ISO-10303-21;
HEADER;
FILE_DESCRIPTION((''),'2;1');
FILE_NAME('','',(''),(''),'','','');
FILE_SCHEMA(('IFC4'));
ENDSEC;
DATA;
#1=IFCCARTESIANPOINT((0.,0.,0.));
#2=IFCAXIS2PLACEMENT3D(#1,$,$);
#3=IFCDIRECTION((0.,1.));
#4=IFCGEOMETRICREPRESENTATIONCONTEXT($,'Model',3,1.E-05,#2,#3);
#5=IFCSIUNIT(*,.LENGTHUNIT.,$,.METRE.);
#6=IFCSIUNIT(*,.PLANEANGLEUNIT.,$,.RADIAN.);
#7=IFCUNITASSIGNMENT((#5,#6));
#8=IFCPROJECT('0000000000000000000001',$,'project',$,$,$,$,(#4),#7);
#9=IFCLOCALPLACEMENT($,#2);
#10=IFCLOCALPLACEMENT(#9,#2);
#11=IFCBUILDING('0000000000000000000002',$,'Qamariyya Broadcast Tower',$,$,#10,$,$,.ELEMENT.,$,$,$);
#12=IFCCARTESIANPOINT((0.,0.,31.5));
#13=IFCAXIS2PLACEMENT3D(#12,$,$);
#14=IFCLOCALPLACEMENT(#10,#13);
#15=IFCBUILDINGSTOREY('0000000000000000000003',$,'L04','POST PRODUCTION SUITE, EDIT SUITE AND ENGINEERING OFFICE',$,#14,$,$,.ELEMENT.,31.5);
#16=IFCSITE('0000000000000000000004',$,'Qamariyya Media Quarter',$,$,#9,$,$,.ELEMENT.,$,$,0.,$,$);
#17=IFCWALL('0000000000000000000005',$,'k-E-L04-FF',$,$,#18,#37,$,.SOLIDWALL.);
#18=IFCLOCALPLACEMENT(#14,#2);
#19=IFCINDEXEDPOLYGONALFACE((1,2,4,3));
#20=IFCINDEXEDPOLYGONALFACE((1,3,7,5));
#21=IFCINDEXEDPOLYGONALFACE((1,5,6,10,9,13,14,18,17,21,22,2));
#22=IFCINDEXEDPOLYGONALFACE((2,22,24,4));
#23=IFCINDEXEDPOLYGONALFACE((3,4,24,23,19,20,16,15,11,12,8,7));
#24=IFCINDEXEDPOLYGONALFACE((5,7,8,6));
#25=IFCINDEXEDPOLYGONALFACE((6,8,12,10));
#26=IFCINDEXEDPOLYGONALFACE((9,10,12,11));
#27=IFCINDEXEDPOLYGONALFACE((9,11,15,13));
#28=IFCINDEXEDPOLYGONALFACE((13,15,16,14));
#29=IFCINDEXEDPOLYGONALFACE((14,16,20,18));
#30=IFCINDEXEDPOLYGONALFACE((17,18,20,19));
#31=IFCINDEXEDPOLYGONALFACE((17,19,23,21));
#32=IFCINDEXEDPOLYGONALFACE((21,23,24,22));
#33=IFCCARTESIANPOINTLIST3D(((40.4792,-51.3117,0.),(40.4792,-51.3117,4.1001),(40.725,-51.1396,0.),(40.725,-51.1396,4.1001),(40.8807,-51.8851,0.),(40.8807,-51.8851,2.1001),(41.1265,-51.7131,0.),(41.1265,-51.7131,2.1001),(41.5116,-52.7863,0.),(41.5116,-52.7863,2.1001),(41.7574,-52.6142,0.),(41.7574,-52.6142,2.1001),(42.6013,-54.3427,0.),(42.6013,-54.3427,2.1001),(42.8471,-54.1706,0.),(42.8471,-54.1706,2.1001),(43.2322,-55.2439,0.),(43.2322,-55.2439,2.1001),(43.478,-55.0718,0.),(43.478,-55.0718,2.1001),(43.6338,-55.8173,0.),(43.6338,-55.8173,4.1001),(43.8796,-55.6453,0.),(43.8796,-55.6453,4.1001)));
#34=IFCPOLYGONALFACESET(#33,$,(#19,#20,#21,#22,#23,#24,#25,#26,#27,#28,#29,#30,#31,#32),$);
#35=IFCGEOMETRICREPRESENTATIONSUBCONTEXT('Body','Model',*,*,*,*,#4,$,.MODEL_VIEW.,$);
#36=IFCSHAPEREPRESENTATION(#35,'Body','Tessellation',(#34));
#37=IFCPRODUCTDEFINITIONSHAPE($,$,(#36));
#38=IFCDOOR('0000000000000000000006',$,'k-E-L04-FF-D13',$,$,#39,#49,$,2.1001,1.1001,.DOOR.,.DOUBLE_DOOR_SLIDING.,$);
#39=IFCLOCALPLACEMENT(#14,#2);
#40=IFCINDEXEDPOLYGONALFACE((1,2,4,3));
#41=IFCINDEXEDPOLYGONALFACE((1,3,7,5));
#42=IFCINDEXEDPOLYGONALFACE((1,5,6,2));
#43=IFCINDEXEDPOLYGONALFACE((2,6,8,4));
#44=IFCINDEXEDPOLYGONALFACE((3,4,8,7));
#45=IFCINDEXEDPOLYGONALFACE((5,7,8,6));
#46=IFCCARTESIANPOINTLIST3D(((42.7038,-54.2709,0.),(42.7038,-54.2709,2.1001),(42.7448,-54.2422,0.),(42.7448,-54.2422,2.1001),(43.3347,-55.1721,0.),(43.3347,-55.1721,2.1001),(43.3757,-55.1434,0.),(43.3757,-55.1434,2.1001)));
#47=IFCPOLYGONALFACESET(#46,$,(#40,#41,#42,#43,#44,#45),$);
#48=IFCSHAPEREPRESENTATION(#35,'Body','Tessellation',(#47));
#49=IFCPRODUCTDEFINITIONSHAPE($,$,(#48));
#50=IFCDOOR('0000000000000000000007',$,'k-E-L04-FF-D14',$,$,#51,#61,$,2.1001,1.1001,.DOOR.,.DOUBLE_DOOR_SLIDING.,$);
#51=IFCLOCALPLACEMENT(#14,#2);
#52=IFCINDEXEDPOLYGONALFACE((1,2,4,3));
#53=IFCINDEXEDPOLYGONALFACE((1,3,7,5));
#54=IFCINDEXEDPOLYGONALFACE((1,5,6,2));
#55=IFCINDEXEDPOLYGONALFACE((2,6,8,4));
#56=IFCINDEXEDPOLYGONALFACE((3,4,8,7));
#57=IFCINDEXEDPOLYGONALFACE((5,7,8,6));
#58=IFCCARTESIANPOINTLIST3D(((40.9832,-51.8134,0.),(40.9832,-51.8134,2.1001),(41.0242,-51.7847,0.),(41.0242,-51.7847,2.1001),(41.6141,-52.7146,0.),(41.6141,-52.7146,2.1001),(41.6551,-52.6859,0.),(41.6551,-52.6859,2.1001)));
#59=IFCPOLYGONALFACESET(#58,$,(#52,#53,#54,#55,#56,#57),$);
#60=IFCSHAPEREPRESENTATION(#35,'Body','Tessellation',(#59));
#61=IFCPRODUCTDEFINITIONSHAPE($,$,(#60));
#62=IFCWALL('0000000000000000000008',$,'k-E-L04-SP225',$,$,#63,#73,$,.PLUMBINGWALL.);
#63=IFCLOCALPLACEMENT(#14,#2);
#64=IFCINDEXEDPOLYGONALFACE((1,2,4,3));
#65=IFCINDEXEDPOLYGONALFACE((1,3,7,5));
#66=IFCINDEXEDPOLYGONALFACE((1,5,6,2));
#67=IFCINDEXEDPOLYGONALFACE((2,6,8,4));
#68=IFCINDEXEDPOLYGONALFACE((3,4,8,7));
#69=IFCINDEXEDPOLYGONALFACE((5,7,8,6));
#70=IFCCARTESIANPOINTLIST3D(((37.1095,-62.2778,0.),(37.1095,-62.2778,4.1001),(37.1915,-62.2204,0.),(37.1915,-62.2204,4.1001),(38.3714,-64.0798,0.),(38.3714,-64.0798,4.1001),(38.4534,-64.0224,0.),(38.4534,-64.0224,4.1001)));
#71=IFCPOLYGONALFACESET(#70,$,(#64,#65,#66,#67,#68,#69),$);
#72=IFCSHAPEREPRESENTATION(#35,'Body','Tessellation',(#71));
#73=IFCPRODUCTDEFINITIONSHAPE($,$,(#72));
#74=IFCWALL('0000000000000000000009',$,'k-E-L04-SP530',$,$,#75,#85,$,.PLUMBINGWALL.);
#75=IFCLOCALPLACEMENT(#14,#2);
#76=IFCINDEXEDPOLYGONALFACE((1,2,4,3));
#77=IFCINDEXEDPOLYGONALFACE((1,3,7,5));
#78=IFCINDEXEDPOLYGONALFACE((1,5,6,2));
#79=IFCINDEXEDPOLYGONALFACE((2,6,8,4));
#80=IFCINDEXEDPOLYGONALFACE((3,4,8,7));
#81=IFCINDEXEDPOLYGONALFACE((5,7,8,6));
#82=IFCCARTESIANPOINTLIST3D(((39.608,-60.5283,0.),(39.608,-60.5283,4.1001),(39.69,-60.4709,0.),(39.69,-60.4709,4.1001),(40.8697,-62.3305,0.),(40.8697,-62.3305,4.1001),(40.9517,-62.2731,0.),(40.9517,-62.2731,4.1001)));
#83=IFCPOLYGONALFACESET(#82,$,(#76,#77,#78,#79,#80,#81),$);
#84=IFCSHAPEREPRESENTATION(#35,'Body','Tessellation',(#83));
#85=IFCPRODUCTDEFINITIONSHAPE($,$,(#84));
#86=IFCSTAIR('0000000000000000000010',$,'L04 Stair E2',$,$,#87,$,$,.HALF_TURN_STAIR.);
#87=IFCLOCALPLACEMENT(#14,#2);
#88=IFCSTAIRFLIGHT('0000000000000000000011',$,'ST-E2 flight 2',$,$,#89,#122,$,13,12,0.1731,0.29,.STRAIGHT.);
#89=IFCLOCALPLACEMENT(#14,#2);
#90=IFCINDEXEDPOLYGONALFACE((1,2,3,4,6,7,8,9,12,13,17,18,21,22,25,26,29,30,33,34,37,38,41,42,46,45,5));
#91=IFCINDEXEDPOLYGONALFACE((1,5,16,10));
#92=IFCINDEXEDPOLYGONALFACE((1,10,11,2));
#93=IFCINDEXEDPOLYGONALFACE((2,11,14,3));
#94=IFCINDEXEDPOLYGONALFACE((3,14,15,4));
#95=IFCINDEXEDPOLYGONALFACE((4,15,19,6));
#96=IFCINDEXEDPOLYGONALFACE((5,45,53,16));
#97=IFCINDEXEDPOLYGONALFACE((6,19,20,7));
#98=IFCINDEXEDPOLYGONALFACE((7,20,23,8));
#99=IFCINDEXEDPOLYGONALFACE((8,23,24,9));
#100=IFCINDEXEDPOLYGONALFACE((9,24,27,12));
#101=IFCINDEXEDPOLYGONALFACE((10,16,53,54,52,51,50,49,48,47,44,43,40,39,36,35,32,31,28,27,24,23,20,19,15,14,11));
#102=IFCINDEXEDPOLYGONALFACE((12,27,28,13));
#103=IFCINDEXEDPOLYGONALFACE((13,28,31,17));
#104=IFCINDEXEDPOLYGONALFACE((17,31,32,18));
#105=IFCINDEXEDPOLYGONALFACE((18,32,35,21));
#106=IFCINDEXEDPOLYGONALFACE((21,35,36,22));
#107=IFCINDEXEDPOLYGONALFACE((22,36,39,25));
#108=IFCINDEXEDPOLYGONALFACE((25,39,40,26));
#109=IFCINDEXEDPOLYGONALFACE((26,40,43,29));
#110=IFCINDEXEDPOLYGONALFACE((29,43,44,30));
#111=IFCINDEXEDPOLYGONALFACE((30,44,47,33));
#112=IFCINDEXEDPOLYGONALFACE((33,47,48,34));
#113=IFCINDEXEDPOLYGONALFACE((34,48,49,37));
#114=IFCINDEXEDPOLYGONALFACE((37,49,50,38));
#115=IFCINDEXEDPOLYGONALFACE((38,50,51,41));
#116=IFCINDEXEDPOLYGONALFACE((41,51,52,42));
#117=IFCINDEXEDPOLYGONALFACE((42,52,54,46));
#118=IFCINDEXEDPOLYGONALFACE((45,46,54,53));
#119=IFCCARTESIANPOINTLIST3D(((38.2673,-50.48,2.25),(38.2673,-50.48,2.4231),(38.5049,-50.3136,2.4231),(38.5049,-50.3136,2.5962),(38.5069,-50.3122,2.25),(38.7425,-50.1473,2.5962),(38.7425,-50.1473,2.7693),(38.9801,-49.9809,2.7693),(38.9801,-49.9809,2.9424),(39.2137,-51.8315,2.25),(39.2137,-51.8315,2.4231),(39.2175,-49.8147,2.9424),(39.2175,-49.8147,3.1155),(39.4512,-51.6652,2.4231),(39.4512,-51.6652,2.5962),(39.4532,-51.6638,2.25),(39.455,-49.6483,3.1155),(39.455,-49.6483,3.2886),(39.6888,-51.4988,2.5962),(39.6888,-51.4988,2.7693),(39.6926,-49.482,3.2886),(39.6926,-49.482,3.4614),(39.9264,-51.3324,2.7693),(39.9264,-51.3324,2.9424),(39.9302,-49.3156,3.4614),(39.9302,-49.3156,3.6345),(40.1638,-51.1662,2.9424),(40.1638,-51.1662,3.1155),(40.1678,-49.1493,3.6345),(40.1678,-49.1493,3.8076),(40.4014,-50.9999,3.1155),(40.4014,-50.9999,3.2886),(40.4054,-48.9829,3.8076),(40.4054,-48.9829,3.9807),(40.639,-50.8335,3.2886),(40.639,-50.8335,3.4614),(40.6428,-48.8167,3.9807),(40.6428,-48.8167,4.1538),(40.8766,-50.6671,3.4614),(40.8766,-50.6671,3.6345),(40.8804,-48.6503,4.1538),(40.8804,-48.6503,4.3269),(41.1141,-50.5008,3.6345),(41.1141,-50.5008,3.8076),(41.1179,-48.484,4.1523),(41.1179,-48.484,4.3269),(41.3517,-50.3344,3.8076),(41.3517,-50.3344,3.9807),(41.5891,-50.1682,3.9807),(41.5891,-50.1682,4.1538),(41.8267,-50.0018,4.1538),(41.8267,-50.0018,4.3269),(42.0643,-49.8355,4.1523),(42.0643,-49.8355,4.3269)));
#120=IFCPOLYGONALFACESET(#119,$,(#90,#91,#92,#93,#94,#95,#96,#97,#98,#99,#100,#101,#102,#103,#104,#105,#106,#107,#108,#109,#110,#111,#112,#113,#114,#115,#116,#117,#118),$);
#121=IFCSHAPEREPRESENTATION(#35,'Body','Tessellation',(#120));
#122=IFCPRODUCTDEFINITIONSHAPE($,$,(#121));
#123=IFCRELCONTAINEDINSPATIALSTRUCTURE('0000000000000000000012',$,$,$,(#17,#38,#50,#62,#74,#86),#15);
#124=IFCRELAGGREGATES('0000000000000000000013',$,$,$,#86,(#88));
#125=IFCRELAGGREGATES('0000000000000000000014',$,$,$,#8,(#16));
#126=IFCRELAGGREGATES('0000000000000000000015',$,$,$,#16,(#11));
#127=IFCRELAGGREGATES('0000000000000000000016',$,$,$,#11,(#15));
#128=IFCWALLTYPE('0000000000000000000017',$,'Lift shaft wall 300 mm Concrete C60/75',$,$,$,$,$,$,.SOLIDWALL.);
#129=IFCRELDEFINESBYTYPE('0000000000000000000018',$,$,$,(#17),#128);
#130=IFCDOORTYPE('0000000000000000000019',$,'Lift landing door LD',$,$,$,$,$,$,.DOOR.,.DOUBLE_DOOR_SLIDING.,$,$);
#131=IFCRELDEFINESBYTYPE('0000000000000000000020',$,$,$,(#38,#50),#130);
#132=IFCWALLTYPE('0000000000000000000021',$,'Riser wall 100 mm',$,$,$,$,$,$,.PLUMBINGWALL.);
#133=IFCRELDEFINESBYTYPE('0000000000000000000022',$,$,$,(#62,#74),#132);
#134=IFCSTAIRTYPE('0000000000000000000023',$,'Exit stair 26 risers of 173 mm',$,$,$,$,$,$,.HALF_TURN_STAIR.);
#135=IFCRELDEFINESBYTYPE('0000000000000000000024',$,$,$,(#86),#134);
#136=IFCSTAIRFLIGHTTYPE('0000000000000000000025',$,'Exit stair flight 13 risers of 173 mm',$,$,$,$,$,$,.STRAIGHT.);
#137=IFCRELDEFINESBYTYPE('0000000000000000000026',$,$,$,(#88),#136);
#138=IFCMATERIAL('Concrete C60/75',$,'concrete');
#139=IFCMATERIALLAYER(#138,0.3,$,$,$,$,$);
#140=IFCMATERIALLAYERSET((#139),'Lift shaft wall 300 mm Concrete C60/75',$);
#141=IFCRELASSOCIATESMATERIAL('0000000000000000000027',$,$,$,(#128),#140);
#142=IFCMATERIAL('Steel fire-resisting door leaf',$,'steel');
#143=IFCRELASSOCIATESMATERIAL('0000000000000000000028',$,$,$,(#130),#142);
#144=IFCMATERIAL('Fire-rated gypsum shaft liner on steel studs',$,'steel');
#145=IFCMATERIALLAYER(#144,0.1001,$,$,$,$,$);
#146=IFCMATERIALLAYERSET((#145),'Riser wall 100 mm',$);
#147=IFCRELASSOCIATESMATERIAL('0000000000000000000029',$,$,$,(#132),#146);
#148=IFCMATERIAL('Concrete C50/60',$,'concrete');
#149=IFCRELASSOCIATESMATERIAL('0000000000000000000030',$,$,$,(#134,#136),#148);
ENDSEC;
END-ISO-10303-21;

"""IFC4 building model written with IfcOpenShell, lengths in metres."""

from ifc_helpers import new_model, si_unit, direction, frame, frame_2d, origin, place, context, subcontext, project, spatial, polyline, rectangle, outline, extrude, material, layer, layer_set, type_object, element, fill, aggregate, save


model = new_model("IFC4")

# Units and contexts
model_context = context("Model", 3, precision=1e-05, world=origin(), true_north=direction((0.0, 1.0)))
body_context = subcontext(model_context, "Body", "Model", "MODEL_VIEW")
ifc_project = project(units=[si_unit("LENGTHUNIT", "METRE"), si_unit("PLANEANGLEUNIT", "RADIAN")], contexts=[model_context])

# Site, building, storey
site_placement = place(None, origin())
site = spatial("IfcSite", under=ifc_project, at=site_placement, Name="Qamariyya Media Quarter", CompositionType="ELEMENT", RefElevation=0.0)
building_placement = place(site_placement, origin())
building = spatial("IfcBuilding", under=site, at=building_placement, Name="Qamariyya Broadcast Tower", CompositionType="ELEMENT")
storey_placement = place(building_placement, frame((0.0, 0.0, 31.5)))
storey = spatial("IfcBuildingStorey", under=building, at=storey_placement, Name="L04", Description="POST PRODUCTION SUITE, EDIT SUITE AND ENGINEERING OFFICE", CompositionType="ELEMENT", Elevation=31.5)

# Shared definitions
ifc_material_1 = material(Name="Concrete C60/75", Category="concrete")
ifc_layer_1 = layer(ifc_material_1, 0.3)
ifc_layer_set_1 = layer_set([ifc_layer_1], Name="Lift shaft wall 300 mm Concrete C60/75")
wall_type_1 = type_object("IfcWallType", Name="Lift shaft wall 300 mm Concrete C60/75", PredefinedType="SOLIDWALL", material=ifc_layer_set_1)

# Shared definitions
ifc_material_2 = material(Name="Steel fire-resisting door leaf", Category="steel")

# Wall, openings, doors
wall_1_placement = place(storey_placement, frame((43.7566, -55.7312, 0.0), z_axis=(0.0, 0.0, 1.0), x_axis=(-0.573537, 0.81918, 0.0)))
wall_1 = element("IfcWall", 1, at=wall_1_placement, inside=storey, type_object=wall_type_1, Name="k-E-L04-FF", PredefinedType="SOLIDWALL", context=body_context, shape_type="SweptSolid", body=[
    extrude(rectangle(XDim=5.5002, YDim=0.3, at=frame_2d((2.75, 0.0))), origin(), (0.0, 0.0, 1.0), 4.1001),
])
opening_1_placement = place(wall_1_placement, frame((0.7, 0.0, 0.0)))
opening_1 = element("IfcOpeningElement", 2, at=opening_1_placement, cuts=wall_1, PredefinedType="OPENING", context=body_context, shape_type="SweptSolid", body=[
    extrude(rectangle(XDim=1.1001, YDim=2.1001, at=frame_2d((0.55, 1.05))), frame((0.0, 0.1599, 0.0), z_axis=(0.0, -1.0, 0.0), x_axis=(1.0, 0.0, 0.0)), (0.0, 0.0, 1.0), 0.3201),
])
opening_2_placement = place(wall_1_placement, frame((3.7, 0.0, 0.0)))
opening_2 = element("IfcOpeningElement", 3, at=opening_2_placement, cuts=wall_1, PredefinedType="OPENING", context=body_context, shape_type="SweptSolid", body=[
    extrude(rectangle(XDim=1.1001, YDim=2.1001, at=frame_2d((0.55, 1.05))), frame((0.0, 0.1599, 0.0), z_axis=(0.0, -1.0, 0.0), x_axis=(1.0, 0.0, 0.0)), (0.0, 0.0, 1.0), 0.3201),
])
door_type_1 = type_object("IfcDoorType", Name="Lift landing door LD", OperationType="DOUBLE_DOOR_SLIDING", PredefinedType="DOOR", material=ifc_material_2)
door_1_placement = place(opening_1_placement, origin())
door_1 = element("IfcDoor", 4, at=door_1_placement, inside=storey, type_object=door_type_1, Name="k-E-L04-FF-D13", OperationType="DOUBLE_DOOR_SLIDING", OverallHeight=2.1001, OverallWidth=1.1001, PredefinedType="DOOR", context=body_context, shape_type="SweptSolid", body=[
    extrude(rectangle(XDim=1.1001, YDim=2.1001, at=frame_2d((0.55, 1.05))), frame((0.0, 0.0249, 0.0), z_axis=(0.0, -1.0, 0.0), x_axis=(1.0, 0.0, 0.0)), (0.0, 0.0, 1.0), 0.05),
])
fill(opening_1, door_1)
door_2_placement = place(opening_2_placement, origin())
door_2 = element("IfcDoor", 5, at=door_2_placement, inside=storey, type_object=door_type_1, Name="k-E-L04-FF-D14", OperationType="DOUBLE_DOOR_SLIDING", OverallHeight=2.1001, OverallWidth=1.1001, PredefinedType="DOOR", context=body_context, shape_type="SweptSolid", body=[
    extrude(rectangle(XDim=1.1001, YDim=2.1001, at=frame_2d((0.55, 1.05))), frame((0.0, 0.0249, 0.0), z_axis=(0.0, -1.0, 0.0), x_axis=(1.0, 0.0, 0.0)), (0.0, 0.0, 1.0), 0.05),
])
fill(opening_2, door_2)

# Walls
ifc_material_3 = material(Name="Fire-rated gypsum shaft liner on steel studs", Category="steel")
ifc_layer_2 = layer(ifc_material_3, 0.1001)
ifc_layer_set_2 = layer_set([ifc_layer_2], Name="Riser wall 100 mm")
wall_type_2 = type_object("IfcWallType", Name="Riser wall 100 mm", PredefinedType="PLUMBINGWALL", material=ifc_layer_set_2)
for number, where, z_axis, x_axis, name in (
    (6, (37.1504, -62.249, 0.0), (0.0, 0.0, 1.0), (0.573634, -0.819112, 0.0), "k-E-L04-SP225"),
    (7, (39.6489, -60.4995, 0.0), (0.0, 0.0, 1.0), (0.573507, -0.819201, 0.0), "k-E-L04-SP530"),
):
    element("IfcWall", number, at=place(storey_placement, frame(where, z_axis=z_axis, x_axis=x_axis)), inside=storey, type_object=wall_type_2, Name=name, PredefinedType="PLUMBINGWALL", context=body_context, shape_type="SweptSolid", body=[
        extrude(rectangle(XDim=2.2, YDim=0.1001, at=frame_2d((1.1001, 0.0))), origin(), (0.0, 0.0, 1.0), 4.1001),
    ])

# Stair, stair flight
ifc_material_4 = material(Name="Concrete C50/60", Category="concrete")
stair_type = type_object("IfcStairType", Name="Exit stair 26 risers of 173 mm", PredefinedType="HALF_TURN_STAIR", material=ifc_material_4)
stair_placement = place(storey_placement, origin())
stair = element("IfcStair", 8, at=stair_placement, inside=storey, type_object=stair_type, Name="L04 Stair E2", PredefinedType="HALF_TURN_STAIR")
stair_flight_type = type_object("IfcStairFlightType", Name="Exit stair flight 13 risers of 173 mm", PredefinedType="STRAIGHT", material=ifc_material_4)
stair_flight_placement = place(storey_placement, frame((38.7405, -51.1558, 2.25), z_axis=(0.0, 0.0, 1.0), x_axis=(0.819152, 0.573576, 0.0)))
stair_flight = element("IfcStairFlight", 9, at=stair_flight_placement, type_object=stair_flight_type, Name="ST-E2 flight 2", NumberOfRisers=13, NumberOfTreads=12, PredefinedType="STRAIGHT", RiserHeight=0.1731, TreadLength=0.29, context=body_context, shape_type="SweptSolid", body=[
    extrude(outline(polyline([(0.0, 0.0), (0.0, 0.1731), (0.29, 0.1731), (0.29, 0.3462), (0.5801, 0.3462), (0.5801, 0.5193), (0.8701, 0.5193), (0.8701, 0.6924), (1.1599, 0.6924), (1.1599, 0.8655), (1.45, 0.8655), (1.45, 1.0386), (1.74, 1.0386), (1.74, 1.2114), (2.03, 1.2114), (2.03, 1.3845), (2.3201, 1.3845), (2.3201, 1.5576), (2.6101, 1.5576), (2.6101, 1.7307), (2.8999, 1.7307), (2.8999, 1.9038), (3.1899, 1.9038), (3.1899, 2.0769), (3.48, 2.0769), (3.48, 2.25), (3.48, 1.9023), (0.2925, 0.0), (0.0, 0.0)])), frame((0.0, 0.825, 0.0), z_axis=(0.0, -1.0, 0.0), x_axis=(1.0, 0.0, 0.0)), (0.0, 0.0, 1.0), 1.6499),
])
aggregate(stair, [stair_flight])

save(model, "model.ifc")
